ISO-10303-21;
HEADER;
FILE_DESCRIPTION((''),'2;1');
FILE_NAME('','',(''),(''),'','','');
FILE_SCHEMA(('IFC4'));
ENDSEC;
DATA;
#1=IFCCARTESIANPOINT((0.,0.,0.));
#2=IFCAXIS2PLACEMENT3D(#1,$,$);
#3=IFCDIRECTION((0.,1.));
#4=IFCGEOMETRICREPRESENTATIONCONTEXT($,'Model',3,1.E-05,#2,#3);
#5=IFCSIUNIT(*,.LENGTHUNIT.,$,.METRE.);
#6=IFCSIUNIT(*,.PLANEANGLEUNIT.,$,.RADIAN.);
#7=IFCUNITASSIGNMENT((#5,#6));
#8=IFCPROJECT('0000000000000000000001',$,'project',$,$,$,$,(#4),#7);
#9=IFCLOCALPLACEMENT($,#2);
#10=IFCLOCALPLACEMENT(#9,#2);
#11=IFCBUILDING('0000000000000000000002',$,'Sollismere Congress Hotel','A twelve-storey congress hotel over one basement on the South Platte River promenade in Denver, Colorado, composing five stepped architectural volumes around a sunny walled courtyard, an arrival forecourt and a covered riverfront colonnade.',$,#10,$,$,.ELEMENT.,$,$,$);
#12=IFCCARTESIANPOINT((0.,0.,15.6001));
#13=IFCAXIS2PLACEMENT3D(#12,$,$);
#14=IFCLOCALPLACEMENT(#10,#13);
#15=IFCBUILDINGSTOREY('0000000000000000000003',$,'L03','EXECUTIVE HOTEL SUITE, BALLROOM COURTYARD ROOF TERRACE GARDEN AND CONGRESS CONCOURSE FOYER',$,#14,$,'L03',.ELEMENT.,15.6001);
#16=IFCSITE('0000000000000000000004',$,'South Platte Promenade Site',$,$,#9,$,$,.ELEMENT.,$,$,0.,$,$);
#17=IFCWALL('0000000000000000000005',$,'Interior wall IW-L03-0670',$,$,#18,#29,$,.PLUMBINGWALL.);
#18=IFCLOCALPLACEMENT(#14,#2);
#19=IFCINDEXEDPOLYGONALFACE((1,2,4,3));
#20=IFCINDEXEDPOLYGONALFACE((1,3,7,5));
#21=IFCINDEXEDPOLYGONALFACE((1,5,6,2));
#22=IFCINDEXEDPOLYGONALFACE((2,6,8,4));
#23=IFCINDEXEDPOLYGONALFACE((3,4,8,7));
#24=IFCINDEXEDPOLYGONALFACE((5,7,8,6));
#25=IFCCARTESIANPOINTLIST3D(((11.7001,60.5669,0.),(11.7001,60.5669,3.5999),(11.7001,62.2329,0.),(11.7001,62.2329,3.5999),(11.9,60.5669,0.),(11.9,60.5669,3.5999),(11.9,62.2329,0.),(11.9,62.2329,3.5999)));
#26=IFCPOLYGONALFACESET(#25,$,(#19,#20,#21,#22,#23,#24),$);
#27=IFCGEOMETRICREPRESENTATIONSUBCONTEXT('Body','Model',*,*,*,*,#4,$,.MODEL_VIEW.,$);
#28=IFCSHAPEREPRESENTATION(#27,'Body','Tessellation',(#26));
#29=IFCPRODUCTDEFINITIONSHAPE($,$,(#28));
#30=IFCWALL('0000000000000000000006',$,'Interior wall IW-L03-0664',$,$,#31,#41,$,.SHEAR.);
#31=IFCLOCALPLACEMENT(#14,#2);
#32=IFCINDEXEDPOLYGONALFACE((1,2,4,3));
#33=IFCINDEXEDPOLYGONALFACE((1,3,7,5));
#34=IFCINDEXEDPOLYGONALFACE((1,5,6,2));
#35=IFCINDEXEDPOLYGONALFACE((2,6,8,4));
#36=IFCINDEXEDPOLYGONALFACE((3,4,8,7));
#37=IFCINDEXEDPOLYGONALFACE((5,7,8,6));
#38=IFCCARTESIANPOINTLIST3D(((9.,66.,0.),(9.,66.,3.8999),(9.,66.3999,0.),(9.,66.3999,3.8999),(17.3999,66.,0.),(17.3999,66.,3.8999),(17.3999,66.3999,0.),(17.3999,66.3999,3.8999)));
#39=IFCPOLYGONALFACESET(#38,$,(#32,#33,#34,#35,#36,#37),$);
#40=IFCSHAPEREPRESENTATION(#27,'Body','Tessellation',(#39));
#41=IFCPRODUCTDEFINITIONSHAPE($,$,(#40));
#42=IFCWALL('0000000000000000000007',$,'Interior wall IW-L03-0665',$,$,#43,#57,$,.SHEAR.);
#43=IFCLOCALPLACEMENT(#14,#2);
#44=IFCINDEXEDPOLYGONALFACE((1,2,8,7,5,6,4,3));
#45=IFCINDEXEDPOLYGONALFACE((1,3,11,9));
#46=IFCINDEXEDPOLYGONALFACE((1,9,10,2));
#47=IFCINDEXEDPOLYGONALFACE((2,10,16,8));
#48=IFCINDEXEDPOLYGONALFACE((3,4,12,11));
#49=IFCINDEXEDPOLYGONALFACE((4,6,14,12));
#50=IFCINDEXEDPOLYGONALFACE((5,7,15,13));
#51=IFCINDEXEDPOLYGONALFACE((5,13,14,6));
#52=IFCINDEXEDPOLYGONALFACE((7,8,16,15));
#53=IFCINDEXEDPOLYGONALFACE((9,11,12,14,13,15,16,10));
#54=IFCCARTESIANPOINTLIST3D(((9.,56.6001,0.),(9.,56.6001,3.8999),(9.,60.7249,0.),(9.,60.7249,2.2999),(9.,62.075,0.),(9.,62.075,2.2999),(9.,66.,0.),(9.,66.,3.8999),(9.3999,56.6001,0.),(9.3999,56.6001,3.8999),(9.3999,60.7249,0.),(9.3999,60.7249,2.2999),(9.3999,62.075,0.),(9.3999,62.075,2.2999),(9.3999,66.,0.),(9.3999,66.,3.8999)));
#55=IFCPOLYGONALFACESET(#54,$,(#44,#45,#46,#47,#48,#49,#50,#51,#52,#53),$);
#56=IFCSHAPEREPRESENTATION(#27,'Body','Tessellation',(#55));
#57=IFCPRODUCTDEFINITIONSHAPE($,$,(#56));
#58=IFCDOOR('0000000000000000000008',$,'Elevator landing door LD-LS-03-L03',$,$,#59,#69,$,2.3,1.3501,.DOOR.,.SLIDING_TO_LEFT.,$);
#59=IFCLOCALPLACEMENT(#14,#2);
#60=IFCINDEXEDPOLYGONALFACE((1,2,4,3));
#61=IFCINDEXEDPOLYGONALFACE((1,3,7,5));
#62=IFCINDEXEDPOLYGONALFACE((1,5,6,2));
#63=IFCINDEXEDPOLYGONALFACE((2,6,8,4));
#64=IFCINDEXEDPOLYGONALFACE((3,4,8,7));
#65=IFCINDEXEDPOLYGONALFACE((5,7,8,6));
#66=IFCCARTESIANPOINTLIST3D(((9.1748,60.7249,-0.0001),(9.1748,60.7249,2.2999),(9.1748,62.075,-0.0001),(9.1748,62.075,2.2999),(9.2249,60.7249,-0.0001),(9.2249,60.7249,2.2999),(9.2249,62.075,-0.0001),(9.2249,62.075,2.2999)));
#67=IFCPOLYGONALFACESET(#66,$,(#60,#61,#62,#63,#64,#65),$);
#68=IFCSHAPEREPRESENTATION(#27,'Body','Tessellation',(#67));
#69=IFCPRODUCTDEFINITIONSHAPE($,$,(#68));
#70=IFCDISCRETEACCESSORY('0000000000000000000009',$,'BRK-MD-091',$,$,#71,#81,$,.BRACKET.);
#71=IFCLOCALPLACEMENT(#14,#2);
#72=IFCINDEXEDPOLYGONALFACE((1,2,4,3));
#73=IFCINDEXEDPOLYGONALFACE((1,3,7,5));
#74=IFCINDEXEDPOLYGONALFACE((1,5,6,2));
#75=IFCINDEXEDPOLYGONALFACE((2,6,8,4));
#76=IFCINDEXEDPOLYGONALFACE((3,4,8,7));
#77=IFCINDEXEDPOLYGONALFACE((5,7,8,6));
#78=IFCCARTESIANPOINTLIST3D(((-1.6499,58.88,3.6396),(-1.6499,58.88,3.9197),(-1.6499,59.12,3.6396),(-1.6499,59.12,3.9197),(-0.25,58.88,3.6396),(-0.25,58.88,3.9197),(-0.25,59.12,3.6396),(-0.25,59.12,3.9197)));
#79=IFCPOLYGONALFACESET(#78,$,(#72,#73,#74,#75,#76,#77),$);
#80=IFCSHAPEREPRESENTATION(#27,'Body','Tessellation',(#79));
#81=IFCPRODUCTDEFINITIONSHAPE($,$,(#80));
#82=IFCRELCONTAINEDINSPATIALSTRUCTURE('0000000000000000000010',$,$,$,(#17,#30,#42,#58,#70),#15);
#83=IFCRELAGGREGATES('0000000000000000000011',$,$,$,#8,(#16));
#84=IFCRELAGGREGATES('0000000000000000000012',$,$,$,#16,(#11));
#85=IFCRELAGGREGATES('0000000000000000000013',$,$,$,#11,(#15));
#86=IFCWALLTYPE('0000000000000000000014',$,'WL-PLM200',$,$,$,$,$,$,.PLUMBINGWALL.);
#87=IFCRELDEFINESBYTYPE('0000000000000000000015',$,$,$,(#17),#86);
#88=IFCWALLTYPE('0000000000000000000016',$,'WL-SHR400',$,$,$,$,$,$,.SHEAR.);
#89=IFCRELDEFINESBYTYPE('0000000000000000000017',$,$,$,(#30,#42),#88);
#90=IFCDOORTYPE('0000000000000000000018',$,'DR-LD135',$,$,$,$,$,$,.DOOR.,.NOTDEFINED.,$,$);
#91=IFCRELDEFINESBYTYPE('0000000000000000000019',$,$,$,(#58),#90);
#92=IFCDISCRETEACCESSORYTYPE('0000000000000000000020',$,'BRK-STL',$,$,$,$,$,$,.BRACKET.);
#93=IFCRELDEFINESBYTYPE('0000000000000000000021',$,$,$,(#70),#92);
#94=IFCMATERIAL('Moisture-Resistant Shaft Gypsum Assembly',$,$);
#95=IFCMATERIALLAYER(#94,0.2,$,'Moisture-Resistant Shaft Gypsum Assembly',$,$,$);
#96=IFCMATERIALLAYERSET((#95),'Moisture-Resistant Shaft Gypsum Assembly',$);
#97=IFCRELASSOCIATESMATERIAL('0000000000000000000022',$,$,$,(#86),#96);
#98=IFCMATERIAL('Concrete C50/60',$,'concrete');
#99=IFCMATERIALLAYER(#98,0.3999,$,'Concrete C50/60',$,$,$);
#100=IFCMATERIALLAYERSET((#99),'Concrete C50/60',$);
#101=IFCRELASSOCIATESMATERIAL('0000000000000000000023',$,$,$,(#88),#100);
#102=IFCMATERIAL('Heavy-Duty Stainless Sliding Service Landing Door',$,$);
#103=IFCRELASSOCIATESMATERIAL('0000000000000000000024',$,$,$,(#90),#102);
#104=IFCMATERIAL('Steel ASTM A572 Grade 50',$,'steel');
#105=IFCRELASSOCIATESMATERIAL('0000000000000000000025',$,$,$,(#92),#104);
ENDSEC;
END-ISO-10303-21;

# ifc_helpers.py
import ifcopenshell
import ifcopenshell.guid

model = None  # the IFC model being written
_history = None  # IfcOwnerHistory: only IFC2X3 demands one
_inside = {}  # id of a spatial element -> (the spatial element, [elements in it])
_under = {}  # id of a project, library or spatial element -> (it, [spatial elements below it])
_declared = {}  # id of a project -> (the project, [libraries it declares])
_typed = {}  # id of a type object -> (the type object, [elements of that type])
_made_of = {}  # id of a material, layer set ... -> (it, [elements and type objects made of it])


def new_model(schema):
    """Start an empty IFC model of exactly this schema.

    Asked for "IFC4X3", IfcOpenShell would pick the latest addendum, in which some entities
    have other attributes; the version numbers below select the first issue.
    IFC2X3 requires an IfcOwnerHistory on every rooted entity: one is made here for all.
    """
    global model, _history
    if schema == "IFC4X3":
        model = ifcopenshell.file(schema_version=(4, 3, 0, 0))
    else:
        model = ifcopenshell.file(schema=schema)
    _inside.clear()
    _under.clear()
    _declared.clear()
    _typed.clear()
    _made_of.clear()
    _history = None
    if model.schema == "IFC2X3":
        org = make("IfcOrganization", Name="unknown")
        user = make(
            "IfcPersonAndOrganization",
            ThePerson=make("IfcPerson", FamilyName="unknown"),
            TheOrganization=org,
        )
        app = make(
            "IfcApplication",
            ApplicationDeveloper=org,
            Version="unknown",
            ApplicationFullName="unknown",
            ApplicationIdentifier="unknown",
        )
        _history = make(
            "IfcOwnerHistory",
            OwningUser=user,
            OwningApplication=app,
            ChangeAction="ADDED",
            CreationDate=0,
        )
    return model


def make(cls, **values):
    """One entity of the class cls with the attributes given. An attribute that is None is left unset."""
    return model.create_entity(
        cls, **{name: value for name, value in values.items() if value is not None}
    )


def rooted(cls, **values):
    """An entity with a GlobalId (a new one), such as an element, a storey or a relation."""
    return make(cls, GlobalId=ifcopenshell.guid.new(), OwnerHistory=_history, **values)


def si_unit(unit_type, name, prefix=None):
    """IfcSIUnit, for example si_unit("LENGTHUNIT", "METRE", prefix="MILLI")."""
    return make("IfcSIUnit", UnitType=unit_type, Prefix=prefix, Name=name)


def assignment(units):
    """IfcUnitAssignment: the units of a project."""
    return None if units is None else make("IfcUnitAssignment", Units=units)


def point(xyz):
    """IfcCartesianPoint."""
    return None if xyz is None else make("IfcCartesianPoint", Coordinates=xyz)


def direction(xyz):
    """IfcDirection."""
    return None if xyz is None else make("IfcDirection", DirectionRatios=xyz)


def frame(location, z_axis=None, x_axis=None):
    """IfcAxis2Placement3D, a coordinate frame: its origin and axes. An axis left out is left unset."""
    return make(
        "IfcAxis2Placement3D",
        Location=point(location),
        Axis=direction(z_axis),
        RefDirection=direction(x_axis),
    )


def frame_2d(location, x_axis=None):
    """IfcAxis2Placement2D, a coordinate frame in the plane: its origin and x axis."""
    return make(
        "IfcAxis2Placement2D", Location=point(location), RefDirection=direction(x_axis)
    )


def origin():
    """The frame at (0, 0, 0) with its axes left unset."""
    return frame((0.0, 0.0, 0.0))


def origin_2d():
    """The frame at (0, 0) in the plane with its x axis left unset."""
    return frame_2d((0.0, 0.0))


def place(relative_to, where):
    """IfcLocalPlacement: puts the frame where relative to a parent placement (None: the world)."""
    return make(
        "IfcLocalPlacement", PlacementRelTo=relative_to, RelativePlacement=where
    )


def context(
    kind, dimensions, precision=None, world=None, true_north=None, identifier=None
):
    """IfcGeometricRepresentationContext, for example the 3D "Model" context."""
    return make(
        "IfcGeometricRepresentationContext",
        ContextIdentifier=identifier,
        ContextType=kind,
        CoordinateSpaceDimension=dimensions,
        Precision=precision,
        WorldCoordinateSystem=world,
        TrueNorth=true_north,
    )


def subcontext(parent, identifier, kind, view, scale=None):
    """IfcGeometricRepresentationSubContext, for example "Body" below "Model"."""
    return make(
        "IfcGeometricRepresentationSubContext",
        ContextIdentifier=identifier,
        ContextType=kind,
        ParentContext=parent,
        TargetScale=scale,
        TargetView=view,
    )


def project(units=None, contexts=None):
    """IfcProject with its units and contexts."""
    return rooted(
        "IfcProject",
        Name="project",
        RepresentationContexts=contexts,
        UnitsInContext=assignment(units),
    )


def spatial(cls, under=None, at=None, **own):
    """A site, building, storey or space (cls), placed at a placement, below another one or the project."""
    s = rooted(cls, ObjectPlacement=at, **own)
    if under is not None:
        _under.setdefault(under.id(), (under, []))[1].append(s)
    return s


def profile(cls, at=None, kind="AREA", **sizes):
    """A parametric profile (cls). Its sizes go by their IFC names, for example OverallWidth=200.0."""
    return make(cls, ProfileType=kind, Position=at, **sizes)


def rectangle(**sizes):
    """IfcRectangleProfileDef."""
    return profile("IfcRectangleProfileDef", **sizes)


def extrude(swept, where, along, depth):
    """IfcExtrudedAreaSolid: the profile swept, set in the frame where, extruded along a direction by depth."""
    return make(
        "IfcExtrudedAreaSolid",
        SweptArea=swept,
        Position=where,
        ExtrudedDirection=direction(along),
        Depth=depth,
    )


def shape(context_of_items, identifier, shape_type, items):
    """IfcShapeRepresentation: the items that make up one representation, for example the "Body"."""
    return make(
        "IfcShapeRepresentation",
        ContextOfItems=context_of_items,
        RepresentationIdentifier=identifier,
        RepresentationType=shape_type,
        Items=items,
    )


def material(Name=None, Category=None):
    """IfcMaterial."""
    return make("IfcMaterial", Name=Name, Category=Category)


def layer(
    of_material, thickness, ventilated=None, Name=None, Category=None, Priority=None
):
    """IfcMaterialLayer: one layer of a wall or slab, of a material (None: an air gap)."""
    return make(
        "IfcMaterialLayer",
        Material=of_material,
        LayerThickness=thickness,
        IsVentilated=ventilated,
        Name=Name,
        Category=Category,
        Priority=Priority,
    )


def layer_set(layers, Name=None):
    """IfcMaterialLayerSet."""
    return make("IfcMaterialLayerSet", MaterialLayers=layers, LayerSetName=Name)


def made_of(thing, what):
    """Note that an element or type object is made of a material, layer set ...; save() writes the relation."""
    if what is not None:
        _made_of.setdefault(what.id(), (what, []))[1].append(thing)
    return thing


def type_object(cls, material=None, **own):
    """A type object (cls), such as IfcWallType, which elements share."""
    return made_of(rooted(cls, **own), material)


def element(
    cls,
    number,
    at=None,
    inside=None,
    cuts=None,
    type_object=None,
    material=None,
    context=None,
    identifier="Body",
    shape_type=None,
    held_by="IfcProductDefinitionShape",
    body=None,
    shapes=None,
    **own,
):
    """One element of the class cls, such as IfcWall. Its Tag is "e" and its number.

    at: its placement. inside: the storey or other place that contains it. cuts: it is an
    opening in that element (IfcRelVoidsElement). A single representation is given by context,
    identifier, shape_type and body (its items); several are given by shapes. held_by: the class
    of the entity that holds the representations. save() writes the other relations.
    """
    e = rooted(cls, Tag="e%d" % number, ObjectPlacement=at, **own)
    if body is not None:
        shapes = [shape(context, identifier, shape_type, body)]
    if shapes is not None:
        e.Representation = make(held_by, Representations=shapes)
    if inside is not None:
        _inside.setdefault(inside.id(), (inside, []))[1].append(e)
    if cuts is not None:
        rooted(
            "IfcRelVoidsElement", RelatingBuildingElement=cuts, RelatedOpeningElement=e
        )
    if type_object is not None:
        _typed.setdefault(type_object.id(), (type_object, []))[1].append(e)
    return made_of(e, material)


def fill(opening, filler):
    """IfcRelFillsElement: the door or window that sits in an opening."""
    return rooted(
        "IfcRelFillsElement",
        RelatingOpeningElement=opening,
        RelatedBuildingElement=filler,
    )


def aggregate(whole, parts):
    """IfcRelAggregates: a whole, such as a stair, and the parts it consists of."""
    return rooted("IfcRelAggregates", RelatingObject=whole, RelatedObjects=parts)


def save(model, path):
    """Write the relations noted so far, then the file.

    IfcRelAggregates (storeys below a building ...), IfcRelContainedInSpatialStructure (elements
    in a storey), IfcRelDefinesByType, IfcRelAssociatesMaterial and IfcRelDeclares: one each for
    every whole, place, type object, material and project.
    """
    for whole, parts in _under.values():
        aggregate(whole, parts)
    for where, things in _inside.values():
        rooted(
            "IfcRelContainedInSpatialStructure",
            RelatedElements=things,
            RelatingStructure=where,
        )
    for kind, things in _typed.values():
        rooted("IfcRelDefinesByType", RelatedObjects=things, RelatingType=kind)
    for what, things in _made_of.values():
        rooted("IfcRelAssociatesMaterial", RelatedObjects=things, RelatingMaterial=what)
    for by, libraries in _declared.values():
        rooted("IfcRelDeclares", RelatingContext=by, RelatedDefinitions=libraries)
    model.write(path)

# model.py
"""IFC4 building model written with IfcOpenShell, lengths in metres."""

from ifc_helpers import new_model, si_unit, direction, frame, frame_2d, origin, origin_2d, place, context, subcontext, project, spatial, rectangle, extrude, material, layer, layer_set, type_object, element, fill, save


model = new_model("IFC4")

# Units and contexts
model_context = context("Model", 3, precision=1e-05, world=origin(), true_north=direction((0.0, 1.0)))
body_context = subcontext(model_context, "Body", "Model", "MODEL_VIEW")
ifc_project = project(units=[si_unit("LENGTHUNIT", "METRE"), si_unit("PLANEANGLEUNIT", "RADIAN")], contexts=[model_context])

# Site, building, storey
site_placement = place(None, origin())
site = spatial("IfcSite", under=ifc_project, at=site_placement, Name="South Platte Promenade Site", CompositionType="ELEMENT", RefElevation=0.0)
building_placement = place(site_placement, origin())
building = spatial("IfcBuilding", under=site, at=building_placement, Name="Sollismere Congress Hotel", Description="A twelve-storey congress hotel over one basement on the South Platte River promenade in Denver, Colorado, composing five stepped architectural volumes around a sunny walled courtyard, an arrival forecourt and a covered riverfront colonnade.", CompositionType="ELEMENT")
storey_placement = place(building_placement, frame((0.0, 0.0, 15.6001)))
storey = spatial("IfcBuildingStorey", under=building, at=storey_placement, Name="L03", Description="EXECUTIVE HOTEL SUITE, BALLROOM COURTYARD ROOF TERRACE GARDEN AND CONGRESS CONCOURSE FOYER", LongName="L03", CompositionType="ELEMENT", Elevation=15.6001)

# Shared definitions
ifc_material_1 = material(Name="Steel ASTM A572 Grade 50", Category="steel")

# Walls
ifc_material_2 = material(Name="Moisture-Resistant Shaft Gypsum Assembly")
ifc_layer_1 = layer(ifc_material_2, 0.2, Name="Moisture-Resistant Shaft Gypsum Assembly")
ifc_layer_set_1 = layer_set([ifc_layer_1], Name="Moisture-Resistant Shaft Gypsum Assembly")
wall_type_1 = type_object("IfcWallType", Name="WL-PLM200", PredefinedType="PLUMBINGWALL", material=ifc_layer_set_1)
wall_1_placement = place(storey_placement, frame((11.8, 60.5669, 0.0), z_axis=(0.0, 0.0, 1.0), x_axis=(0.0, 1.0, 0.0)))
element("IfcWall", 1, at=wall_1_placement, inside=storey, type_object=wall_type_1, Name="Interior wall IW-L03-0670", PredefinedType="PLUMBINGWALL", context=body_context, shape_type="SweptSolid", body=[
    extrude(rectangle(XDim=1.666, YDim=0.2, at=frame_2d((0.833, 0.0))), origin(), (0.0, 0.0, 1.0), 3.5999),
])
ifc_material_3 = material(Name="Concrete C50/60", Category="concrete")
ifc_layer_2 = layer(ifc_material_3, 0.3999, Name="Concrete C50/60")
ifc_layer_set_2 = layer_set([ifc_layer_2], Name="Concrete C50/60")
wall_type_2 = type_object("IfcWallType", Name="WL-SHR400", PredefinedType="SHEAR", material=ifc_layer_set_2)
wall_2_placement = place(storey_placement, frame((17.3999, 66.2, 0.0), z_axis=(0.0, 0.0, 1.0), x_axis=(-1.0, 0.0, 0.0)))
element("IfcWall", 2, at=wall_2_placement, inside=storey, type_object=wall_type_2, Name="Interior wall IW-L03-0664", PredefinedType="SHEAR", context=body_context, shape_type="SweptSolid", body=[
    extrude(rectangle(XDim=8.3999, YDim=0.3999, at=frame_2d((4.2, 0.0))), origin(), (0.0, 0.0, 1.0), 3.8999),
])

# Wall, opening, door
wall_3_placement = place(storey_placement, frame((9.2, 66.0, 0.0), z_axis=(0.0, 0.0, 1.0), x_axis=(0.0, -1.0, 0.0)))
wall_3 = element("IfcWall", 3, at=wall_3_placement, inside=storey, type_object=wall_type_2, Name="Interior wall IW-L03-0665", PredefinedType="SHEAR", context=body_context, shape_type="SweptSolid", body=[
    extrude(rectangle(XDim=9.3999, YDim=0.3999, at=frame_2d((4.7, 0.0))), origin(), (0.0, 0.0, 1.0), 3.8999),
])
opening_1_placement = place(wall_3_placement, frame((3.925, 0.0, 0.0)))
opening_1 = element("IfcOpeningElement", 4, at=opening_1_placement, cuts=wall_3, PredefinedType="OPENING", context=body_context, shape_type="SweptSolid", body=[
    extrude(rectangle(XDim=1.3501, YDim=2.3, at=frame_2d((0.675, 1.1499))), frame((0.0, 0.21, 0.0), z_axis=(0.0, -1.0, 0.0), x_axis=(1.0, 0.0, 0.0)), (0.0, 0.0, 1.0), 0.4199),
])
ifc_material_4 = material(Name="Heavy-Duty Stainless Sliding Service Landing Door")
door_type = type_object("IfcDoorType", Name="DR-LD135", OperationType="NOTDEFINED", PredefinedType="DOOR", material=ifc_material_4)
door_placement = place(opening_1_placement, origin())
door = element("IfcDoor", 5, at=door_placement, inside=storey, type_object=door_type, Name="Elevator landing door LD-LS-03-L03", OperationType="SLIDING_TO_LEFT", OverallHeight=2.3, OverallWidth=1.3501, PredefinedType="DOOR", context=body_context, shape_type="SweptSolid", body=[
    extrude(rectangle(XDim=1.3501, YDim=2.3, at=frame_2d((0.675, 1.1499))), frame((0.0, 0.0249, 0.0), z_axis=(0.0, -1.0, 0.0), x_axis=(1.0, 0.0, 0.0)), (0.0, 0.0, 1.0), 0.05),
])
fill(opening_1, door)

# Discrete accessory
discrete_accessory_type = type_object("IfcDiscreteAccessoryType", Name="BRK-STL", PredefinedType="BRACKET", material=ifc_material_1)
discrete_accessory_placement = place(storey_placement, frame((-0.95, 59.0, 3.6396), z_axis=(0.0, 0.0, 1.0), x_axis=(1.0, 0.0, 0.0)))
element("IfcDiscreteAccessory", 6, at=discrete_accessory_placement, inside=storey, type_object=discrete_accessory_type, Name="BRK-MD-091", PredefinedType="BRACKET", context=body_context, shape_type="SweptSolid", body=[
    extrude(rectangle(XDim=1.3999, YDim=0.24, at=origin_2d()), origin(), (0.0, 0.0, 1.0), 0.28),
])

save(model, "model.ifc")
